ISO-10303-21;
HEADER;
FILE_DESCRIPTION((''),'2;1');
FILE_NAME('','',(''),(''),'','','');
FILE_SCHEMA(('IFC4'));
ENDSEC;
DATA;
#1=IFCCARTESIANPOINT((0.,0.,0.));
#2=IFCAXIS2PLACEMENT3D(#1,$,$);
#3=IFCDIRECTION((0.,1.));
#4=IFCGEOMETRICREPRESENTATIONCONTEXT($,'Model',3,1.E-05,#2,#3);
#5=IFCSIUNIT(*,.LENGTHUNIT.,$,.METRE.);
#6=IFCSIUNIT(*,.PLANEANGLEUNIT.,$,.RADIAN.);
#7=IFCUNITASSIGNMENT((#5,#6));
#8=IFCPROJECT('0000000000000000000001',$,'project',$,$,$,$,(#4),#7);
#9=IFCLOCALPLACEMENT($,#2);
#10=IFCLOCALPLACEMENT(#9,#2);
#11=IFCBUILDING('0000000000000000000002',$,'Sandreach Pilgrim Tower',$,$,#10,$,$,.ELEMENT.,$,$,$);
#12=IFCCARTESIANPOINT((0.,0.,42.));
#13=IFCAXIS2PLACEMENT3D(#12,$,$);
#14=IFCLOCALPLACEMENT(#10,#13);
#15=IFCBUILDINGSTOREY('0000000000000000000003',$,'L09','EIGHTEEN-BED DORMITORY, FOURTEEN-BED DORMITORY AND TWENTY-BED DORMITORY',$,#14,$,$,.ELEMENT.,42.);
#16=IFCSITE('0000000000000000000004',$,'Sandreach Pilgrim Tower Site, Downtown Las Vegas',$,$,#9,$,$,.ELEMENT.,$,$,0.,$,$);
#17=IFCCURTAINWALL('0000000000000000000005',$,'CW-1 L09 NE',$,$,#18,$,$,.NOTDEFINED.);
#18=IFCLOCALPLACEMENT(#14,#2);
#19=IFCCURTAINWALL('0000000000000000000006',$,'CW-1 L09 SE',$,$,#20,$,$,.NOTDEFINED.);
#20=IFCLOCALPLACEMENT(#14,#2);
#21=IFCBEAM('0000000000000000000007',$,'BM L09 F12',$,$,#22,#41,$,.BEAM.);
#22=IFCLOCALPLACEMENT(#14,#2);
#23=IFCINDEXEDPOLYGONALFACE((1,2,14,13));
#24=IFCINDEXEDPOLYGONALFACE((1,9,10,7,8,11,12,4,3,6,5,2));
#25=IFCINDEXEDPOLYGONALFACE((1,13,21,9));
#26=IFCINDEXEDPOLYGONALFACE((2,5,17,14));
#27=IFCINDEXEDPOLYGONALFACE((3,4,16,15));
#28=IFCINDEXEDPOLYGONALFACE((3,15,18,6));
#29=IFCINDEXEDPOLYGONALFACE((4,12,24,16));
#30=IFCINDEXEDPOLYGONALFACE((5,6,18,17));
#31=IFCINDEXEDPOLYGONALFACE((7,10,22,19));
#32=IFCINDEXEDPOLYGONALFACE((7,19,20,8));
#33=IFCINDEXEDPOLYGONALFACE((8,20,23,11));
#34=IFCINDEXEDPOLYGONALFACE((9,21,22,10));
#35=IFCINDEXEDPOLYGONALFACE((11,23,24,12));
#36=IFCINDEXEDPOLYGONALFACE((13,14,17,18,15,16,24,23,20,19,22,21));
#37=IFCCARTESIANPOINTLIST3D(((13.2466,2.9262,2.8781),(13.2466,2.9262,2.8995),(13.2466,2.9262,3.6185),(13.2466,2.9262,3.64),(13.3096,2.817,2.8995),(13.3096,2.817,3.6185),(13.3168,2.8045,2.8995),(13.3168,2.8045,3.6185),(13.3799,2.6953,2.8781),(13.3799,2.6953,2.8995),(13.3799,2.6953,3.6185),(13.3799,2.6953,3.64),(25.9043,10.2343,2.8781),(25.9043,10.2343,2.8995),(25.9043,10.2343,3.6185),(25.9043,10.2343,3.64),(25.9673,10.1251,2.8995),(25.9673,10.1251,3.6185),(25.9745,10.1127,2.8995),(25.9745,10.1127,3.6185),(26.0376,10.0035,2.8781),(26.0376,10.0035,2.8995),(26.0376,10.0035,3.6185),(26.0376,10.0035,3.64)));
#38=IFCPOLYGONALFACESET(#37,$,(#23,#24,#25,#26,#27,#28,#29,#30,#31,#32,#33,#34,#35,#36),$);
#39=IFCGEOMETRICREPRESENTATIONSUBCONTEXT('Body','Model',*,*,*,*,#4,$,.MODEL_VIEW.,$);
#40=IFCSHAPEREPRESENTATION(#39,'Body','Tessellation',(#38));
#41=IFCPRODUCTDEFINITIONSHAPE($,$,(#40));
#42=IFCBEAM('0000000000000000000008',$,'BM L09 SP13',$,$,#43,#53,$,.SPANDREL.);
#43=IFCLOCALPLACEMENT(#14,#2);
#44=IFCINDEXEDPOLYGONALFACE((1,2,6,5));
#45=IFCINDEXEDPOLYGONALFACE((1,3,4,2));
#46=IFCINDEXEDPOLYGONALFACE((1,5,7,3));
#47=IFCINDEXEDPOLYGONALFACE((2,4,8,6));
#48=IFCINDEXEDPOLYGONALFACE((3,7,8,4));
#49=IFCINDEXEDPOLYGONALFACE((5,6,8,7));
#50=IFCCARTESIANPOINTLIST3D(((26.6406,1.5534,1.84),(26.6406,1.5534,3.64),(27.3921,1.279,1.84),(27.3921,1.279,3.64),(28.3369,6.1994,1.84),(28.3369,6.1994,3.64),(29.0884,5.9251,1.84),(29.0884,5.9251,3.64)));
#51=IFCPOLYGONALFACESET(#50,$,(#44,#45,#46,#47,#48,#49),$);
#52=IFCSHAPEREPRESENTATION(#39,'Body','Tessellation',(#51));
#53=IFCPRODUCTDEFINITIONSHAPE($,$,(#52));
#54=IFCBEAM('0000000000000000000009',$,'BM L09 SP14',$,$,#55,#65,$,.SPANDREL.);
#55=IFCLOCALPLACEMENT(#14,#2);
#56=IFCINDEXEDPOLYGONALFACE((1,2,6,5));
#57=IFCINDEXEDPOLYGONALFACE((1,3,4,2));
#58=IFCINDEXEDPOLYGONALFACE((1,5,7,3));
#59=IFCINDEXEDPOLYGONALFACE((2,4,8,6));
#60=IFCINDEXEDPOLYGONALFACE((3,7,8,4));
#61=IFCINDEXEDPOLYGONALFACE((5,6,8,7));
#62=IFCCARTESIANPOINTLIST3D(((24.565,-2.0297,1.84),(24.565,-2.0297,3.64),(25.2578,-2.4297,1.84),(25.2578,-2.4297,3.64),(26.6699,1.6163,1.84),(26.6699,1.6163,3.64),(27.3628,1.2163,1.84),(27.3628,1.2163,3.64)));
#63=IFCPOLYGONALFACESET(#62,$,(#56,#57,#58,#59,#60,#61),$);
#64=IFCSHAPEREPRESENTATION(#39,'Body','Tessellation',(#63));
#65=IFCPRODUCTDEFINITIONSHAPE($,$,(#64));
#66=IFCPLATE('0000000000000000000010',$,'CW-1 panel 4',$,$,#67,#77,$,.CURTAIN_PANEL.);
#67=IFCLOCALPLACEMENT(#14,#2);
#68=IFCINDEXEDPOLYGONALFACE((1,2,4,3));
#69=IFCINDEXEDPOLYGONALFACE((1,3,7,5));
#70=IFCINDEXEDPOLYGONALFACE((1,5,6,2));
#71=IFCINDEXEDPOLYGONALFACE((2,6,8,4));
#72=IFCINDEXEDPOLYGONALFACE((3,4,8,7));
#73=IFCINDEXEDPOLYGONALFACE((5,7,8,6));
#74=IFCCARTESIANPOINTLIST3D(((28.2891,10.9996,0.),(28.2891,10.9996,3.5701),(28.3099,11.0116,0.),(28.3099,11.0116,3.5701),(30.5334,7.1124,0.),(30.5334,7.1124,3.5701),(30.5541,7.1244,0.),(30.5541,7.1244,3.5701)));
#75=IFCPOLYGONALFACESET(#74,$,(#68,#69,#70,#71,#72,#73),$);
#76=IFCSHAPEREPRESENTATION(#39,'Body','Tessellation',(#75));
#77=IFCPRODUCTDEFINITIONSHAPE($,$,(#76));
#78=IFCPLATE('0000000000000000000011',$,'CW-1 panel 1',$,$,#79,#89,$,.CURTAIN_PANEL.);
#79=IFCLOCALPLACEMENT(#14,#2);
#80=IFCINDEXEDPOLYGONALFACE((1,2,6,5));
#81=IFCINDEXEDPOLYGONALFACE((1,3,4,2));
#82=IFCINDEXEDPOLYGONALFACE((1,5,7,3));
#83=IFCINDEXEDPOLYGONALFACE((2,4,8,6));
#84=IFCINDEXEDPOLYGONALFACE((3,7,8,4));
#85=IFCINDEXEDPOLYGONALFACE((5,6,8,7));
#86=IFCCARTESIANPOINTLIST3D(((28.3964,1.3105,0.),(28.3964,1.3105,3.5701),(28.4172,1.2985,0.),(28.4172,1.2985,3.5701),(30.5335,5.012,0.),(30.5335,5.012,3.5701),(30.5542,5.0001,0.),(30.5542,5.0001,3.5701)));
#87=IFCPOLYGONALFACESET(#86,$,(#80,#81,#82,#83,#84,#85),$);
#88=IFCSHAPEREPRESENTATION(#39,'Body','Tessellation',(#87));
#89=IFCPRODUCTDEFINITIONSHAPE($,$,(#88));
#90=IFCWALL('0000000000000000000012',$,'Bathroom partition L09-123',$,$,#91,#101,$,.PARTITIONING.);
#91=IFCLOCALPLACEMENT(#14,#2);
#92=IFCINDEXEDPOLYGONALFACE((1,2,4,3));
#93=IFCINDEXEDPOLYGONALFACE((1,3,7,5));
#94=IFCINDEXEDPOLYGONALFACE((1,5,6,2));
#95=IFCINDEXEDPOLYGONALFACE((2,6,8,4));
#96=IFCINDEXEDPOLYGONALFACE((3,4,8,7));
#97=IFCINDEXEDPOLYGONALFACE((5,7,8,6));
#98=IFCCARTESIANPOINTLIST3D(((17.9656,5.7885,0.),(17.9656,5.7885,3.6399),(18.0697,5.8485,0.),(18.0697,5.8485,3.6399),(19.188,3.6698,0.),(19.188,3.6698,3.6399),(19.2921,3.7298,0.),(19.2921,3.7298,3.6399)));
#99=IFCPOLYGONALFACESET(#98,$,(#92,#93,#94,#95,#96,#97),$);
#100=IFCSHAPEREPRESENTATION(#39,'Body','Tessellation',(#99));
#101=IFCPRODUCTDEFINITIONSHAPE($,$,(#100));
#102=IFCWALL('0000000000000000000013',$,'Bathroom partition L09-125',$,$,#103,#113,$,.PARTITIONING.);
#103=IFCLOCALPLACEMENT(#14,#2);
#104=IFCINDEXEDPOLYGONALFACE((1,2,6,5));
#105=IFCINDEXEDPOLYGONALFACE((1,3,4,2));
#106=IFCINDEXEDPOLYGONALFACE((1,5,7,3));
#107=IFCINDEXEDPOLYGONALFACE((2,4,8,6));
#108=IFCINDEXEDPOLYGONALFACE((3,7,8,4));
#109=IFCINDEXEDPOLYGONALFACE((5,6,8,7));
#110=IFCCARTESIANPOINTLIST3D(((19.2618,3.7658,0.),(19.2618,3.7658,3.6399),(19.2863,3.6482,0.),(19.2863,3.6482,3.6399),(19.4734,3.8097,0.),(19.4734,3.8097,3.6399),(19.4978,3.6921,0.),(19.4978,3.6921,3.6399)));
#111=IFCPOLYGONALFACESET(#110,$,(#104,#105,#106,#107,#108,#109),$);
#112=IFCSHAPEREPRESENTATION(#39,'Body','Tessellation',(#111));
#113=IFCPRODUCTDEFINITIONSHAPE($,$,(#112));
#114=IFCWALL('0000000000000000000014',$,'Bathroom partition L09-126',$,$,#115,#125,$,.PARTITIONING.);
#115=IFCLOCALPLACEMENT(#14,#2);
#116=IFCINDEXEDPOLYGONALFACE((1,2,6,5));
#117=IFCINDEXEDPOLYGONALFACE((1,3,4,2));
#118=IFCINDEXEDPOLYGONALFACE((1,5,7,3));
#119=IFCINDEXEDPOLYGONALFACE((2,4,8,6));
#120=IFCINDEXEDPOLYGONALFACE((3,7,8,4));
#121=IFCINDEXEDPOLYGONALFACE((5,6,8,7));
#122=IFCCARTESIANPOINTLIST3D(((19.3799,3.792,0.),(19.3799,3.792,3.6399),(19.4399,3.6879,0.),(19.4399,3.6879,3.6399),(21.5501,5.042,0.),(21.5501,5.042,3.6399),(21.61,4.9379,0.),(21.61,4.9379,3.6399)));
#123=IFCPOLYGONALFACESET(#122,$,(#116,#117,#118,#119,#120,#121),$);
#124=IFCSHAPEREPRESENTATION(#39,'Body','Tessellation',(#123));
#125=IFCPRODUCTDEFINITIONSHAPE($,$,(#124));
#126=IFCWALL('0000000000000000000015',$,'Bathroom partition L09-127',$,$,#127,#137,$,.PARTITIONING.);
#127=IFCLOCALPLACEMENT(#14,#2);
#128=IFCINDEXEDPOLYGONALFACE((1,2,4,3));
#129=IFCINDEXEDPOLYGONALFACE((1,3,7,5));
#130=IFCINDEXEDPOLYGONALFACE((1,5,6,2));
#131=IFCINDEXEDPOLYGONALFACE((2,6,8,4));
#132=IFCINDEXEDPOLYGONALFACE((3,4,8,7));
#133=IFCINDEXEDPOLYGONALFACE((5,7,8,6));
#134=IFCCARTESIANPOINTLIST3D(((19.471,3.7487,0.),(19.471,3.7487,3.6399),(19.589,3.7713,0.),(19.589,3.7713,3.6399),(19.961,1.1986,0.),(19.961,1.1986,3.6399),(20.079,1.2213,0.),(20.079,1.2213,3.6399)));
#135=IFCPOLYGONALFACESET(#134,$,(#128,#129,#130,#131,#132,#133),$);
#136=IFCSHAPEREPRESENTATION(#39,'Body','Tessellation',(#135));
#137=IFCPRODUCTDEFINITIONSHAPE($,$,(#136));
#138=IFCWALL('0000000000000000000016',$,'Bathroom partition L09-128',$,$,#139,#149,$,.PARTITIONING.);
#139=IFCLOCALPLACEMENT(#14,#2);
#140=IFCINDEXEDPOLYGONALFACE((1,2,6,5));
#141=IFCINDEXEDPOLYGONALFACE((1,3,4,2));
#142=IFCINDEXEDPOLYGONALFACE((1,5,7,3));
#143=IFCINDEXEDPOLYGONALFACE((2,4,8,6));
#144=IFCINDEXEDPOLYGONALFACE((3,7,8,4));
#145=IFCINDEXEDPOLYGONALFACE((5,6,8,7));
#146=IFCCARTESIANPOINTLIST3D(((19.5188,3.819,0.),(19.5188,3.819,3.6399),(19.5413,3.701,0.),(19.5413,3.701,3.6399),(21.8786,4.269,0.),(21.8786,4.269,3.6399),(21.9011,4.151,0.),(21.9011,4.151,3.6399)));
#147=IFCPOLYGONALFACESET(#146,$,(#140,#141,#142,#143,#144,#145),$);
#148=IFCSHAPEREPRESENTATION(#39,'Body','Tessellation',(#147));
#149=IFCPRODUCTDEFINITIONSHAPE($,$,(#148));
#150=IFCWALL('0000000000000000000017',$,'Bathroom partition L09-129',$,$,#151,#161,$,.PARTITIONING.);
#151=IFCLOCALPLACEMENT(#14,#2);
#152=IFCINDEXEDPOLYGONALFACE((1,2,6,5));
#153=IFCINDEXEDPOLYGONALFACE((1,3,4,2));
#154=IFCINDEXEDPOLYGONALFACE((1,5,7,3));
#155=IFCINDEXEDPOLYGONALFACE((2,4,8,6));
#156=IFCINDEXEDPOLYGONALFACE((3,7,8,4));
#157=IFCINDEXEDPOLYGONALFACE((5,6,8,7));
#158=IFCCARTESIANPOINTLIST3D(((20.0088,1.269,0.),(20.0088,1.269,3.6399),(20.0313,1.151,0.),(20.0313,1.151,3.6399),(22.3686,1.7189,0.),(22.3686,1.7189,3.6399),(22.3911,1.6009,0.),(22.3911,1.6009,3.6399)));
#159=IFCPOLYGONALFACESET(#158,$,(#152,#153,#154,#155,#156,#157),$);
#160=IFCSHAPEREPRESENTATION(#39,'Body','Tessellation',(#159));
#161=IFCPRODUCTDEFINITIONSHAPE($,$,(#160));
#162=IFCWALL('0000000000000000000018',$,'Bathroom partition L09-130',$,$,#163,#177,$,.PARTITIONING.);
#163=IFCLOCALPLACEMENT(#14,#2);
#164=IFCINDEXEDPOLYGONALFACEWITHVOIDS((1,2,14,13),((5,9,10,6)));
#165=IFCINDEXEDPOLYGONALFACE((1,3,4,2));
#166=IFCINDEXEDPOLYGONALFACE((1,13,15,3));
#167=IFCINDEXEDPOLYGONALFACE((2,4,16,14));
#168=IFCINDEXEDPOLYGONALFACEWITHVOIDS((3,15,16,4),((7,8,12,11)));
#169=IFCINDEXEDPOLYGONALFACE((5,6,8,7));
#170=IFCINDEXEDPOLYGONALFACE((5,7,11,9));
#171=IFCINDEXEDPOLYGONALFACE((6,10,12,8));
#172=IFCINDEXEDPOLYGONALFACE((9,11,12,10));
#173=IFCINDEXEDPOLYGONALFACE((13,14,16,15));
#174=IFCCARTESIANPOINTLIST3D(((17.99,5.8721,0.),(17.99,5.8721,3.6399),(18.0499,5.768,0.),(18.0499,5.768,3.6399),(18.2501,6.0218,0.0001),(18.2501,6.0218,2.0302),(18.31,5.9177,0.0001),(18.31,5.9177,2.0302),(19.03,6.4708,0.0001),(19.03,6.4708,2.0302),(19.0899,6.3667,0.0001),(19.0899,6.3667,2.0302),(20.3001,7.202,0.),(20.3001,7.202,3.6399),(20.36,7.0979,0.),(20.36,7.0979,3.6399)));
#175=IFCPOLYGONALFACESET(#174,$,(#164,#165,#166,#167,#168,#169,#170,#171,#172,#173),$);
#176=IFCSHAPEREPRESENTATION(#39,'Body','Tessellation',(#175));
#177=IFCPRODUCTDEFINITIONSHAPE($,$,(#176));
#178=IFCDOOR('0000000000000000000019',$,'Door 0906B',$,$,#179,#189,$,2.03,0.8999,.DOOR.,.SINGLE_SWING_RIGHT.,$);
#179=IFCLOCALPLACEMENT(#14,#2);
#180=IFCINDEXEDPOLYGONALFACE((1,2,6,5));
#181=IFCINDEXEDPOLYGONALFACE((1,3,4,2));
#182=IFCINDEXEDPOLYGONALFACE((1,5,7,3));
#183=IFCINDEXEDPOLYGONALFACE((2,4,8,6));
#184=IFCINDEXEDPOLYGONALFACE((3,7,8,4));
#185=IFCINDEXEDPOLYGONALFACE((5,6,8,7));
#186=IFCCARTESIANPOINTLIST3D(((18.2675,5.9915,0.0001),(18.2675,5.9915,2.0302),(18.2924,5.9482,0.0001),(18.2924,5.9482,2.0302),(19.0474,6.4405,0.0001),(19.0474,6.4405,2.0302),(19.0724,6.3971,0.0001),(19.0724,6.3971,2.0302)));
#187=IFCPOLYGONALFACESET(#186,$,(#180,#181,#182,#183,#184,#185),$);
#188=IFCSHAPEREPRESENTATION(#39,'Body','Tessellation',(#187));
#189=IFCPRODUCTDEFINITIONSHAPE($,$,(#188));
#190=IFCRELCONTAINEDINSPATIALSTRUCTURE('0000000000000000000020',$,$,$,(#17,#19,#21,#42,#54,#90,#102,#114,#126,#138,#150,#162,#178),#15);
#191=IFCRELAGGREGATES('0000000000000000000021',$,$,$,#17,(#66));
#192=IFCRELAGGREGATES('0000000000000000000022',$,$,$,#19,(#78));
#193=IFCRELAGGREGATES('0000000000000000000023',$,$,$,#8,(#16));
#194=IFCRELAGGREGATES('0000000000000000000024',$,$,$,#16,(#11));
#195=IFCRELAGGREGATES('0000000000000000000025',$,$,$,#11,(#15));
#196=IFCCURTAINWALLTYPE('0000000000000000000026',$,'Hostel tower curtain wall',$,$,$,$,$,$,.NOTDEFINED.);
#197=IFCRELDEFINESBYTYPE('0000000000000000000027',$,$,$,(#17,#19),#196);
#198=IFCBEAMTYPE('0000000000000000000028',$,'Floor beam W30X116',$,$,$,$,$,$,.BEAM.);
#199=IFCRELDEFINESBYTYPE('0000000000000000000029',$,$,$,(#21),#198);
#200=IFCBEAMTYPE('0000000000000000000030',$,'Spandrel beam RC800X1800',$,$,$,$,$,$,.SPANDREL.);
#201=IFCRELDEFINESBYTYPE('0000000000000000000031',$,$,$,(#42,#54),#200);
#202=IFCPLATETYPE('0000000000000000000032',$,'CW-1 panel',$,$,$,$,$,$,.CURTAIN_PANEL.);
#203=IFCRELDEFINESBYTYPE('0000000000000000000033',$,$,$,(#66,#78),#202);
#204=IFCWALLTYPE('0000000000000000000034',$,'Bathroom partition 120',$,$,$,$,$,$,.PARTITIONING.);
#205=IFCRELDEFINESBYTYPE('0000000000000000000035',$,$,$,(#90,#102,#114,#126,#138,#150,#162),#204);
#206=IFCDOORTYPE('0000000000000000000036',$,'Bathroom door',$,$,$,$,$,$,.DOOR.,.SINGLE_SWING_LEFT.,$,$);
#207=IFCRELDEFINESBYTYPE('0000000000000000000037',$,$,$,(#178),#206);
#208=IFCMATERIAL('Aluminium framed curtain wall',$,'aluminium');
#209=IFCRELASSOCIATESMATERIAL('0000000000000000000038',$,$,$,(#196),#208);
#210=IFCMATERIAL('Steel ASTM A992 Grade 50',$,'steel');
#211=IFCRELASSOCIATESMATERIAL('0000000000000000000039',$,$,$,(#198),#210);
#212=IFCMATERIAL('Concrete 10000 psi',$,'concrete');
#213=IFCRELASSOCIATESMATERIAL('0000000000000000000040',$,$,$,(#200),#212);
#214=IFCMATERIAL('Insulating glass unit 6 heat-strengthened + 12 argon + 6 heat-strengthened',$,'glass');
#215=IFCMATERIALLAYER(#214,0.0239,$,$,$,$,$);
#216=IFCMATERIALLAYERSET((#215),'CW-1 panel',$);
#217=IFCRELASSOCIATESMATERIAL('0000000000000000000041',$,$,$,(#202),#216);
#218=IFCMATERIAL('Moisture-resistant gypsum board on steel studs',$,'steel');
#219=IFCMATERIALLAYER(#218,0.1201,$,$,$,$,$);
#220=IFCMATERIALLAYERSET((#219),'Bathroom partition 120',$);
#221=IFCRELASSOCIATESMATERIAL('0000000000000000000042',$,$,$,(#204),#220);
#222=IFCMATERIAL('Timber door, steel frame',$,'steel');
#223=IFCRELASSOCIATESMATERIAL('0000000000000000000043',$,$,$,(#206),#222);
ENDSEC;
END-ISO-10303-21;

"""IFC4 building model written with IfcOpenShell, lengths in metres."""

from ifc_helpers import new_model, si_unit, direction, frame, frame_2d, origin, origin_2d, place, context, subcontext, project, spatial, rectangle, i_section, extrude, material, layer, layer_set, material_profile, profile_set, type_object, element, fill, aggregate, save


model = new_model("IFC4")

# Units and contexts
model_context = context("Model", 3, precision=1e-05, world=origin(), true_north=direction((0.0, 1.0)))
body_context = subcontext(model_context, "Body", "Model", "MODEL_VIEW")
ifc_project = project(units=[si_unit("LENGTHUNIT", "METRE"), si_unit("PLANEANGLEUNIT", "RADIAN")], contexts=[model_context])

# Site, building, storey
site_placement = place(None, origin())
site = spatial("IfcSite", under=ifc_project, at=site_placement, Name="Sandreach Pilgrim Tower Site, Downtown Las Vegas", CompositionType="ELEMENT", RefElevation=0.0)
building_placement = place(site_placement, origin())
building = spatial("IfcBuilding", under=site, at=building_placement, Name="Sandreach Pilgrim Tower", CompositionType="ELEMENT")
storey_placement = place(building_placement, frame((0.0, 0.0, 42.0)))
storey = spatial("IfcBuildingStorey", under=building, at=storey_placement, Name="L09", Description="EIGHTEEN-BED DORMITORY, FOURTEEN-BED DORMITORY AND TWENTY-BED DORMITORY", CompositionType="ELEMENT", Elevation=42.0)

# Curtain wall
ifc_material_1 = material(Name="Aluminium framed curtain wall", Category="aluminium")
curtain_wall_type = type_object("IfcCurtainWallType", Name="Hostel tower curtain wall", PredefinedType="NOTDEFINED", material=ifc_material_1)
curtain_wall_1_placement = place(storey_placement, origin())
curtain_wall_1 = element("IfcCurtainWall", 1, at=curtain_wall_1_placement, inside=storey, type_object=curtain_wall_type, Name="CW-1 L09 NE", PredefinedType="NOTDEFINED")

# Curtain wall
curtain_wall_2_placement = place(storey_placement, origin())
curtain_wall_2 = element("IfcCurtainWall", 2, at=curtain_wall_2_placement, inside=storey, type_object=curtain_wall_type, Name="CW-1 L09 SE", PredefinedType="NOTDEFINED")

# Beams
ifc_material_2 = material(Name="Steel ASTM A992 Grade 50", Category="steel")
ifc_material_profile_1 = material_profile(ifc_material_2, i_section(OverallWidth=0.2666, OverallDepth=0.762, WebThickness=0.0144, FlangeThickness=0.0215, at=origin_2d()), Name="W30X116")
ifc_profile_set_1 = profile_set([ifc_material_profile_1], Name="Steel ASTM A992 Grade 50")
beam_type_1 = type_object("IfcBeamType", Name="Floor beam W30X116", PredefinedType="BEAM", material=ifc_profile_set_1)
beam_1_placement = place(storey_placement, frame((25.9709, 10.1189, 3.259), z_axis=(-0.86602, -0.500009, 0.0), x_axis=(0.500009, -0.86602, 0.0)))
element("IfcBeam", 3, at=beam_1_placement, inside=storey, type_object=beam_type_1, Name="BM L09 F12", PredefinedType="BEAM", context=body_context, shape_type="SweptSolid", body=[
    extrude(i_section(OverallWidth=0.2666, OverallDepth=0.762, WebThickness=0.0144, FlangeThickness=0.0215, at=origin_2d()), origin(), (0.0, 0.0, 1.0), 14.616),
])
ifc_material_3 = material(Name="Concrete 10000 psi", Category="concrete")
ifc_material_profile_2 = material_profile(ifc_material_3, rectangle(XDim=0.8, YDim=1.8, at=origin_2d()), Name="RC800X1800")
ifc_profile_set_2 = profile_set([ifc_material_profile_2], Name="Concrete 10000 psi")
beam_type_2 = type_object("IfcBeamType", Name="Spandrel beam RC800X1800", PredefinedType="SPANDREL", material=ifc_profile_set_2)
beam_2_placement = place(storey_placement, frame((28.7126, 6.0623, 2.74), z_axis=(-0.342963, -0.939349, 0.0), x_axis=(0.939349, -0.342963, 0.0)))
element("IfcBeam", 4, at=beam_2_placement, inside=storey, type_object=beam_type_2, Name="BM L09 SP13", PredefinedType="SPANDREL", context=body_context, shape_type="SweptSolid", body=[
    extrude(rectangle(XDim=0.8, YDim=1.8, at=origin_2d()), origin(), (0.0, 0.0, 1.0), 4.946),
])
beam_3_placement = place(storey_placement, frame((27.0164, 1.4163, 2.74), z_axis=(-0.499994, -0.866029, 0.0), x_axis=(0.866029, -0.499994, 0.0)))
element("IfcBeam", 5, at=beam_3_placement, inside=storey, type_object=beam_type_2, Name="BM L09 SP14", PredefinedType="SPANDREL", context=body_context, shape_type="SweptSolid", body=[
    extrude(rectangle(XDim=0.8, YDim=1.8, at=origin_2d()), origin(), (0.0, 0.0, 1.0), 4.21),
])

# Plates
ifc_material_4 = material(Name="Insulating glass unit 6 heat-strengthened + 12 argon + 6 heat-strengthened", Category="glass")
ifc_layer_1 = layer(ifc_material_4, 0.0239)
ifc_layer_set_1 = layer_set([ifc_layer_1], Name="CW-1 panel")
plate_type = type_object("IfcPlateType", Name="CW-1 panel", PredefinedType="CURTAIN_PANEL", material=ifc_layer_set_1)
plate_1_placement = place(storey_placement, frame((29.4216, 9.062, 0.0), z_axis=(0.0, 0.0, 1.0), x_axis=(0.5, -0.866025, 0.0)))
plate_1 = element("IfcPlate", 6, at=plate_1_placement, type_object=plate_type, Name="CW-1 panel 4", PredefinedType="CURTAIN_PANEL", context=body_context, shape_type="SweptSolid", body=[
    extrude(rectangle(XDim=4.4885, YDim=0.0239, at=origin_2d()), origin(), (0.0, 0.0, 1.0), 3.5701),
])
aggregate(curtain_wall_1, [plate_1])
plate_2_placement = place(storey_placement, frame((29.4753, 3.1553, 0.0), z_axis=(0.0, 0.0, 1.0), x_axis=(-0.5, -0.866025, 0.0)))
plate_2 = element("IfcPlate", 7, at=plate_2_placement, type_object=plate_type, Name="CW-1 panel 1", PredefinedType="CURTAIN_PANEL", context=body_context, shape_type="SweptSolid", body=[
    extrude(rectangle(XDim=4.2742, YDim=0.0239, at=origin_2d()), origin(), (0.0, 0.0, 1.0), 3.5701),
])
aggregate(curtain_wall_2, [plate_2])

# Walls
ifc_material_5 = material(Name="Moisture-resistant gypsum board on steel studs", Category="steel")
ifc_layer_2 = layer(ifc_material_5, 0.1201)
ifc_layer_set_2 = layer_set([ifc_layer_2], Name="Bathroom partition 120")
wall_type_1 = type_object("IfcWallType", Name="Bathroom partition 120", PredefinedType="PARTITIONING", material=ifc_layer_set_2)
wall_1_placement = place(storey_placement, frame((18.0176, 5.8186, 0.0), z_axis=(0.0, 0.0, 1.0), x_axis=(0.499757, -0.866166, 0.0)))
element("IfcWall", 8, at=wall_1_placement, inside=storey, type_object=wall_type_1, Name="Bathroom partition L09-123", PredefinedType="PARTITIONING", context=body_context, shape_type="SweptSolid", body=[
    extrude(rectangle(XDim=2.446, YDim=0.1201, at=frame_2d((1.2231, 0.0))), origin(), (0.0, 0.0, 1.0), 3.6399),
])
wall_2_placement = place(storey_placement, frame((19.2742, 3.707, 0.0), z_axis=(0.0, 0.0, 1.0), x_axis=(0.979121, 0.203278, 0.0)))
element("IfcWall", 9, at=wall_2_placement, inside=storey, type_object=wall_type_1, Name="Bathroom partition L09-125", PredefinedType="PARTITIONING", context=body_context, shape_type="SweptSolid", body=[
    extrude(rectangle(XDim=0.2161, YDim=0.1201, at=frame_2d((0.1079, 0.0))), origin(), (0.0, 0.0, 1.0), 3.6399),
])
wall_3_placement = place(storey_placement, frame((19.4099, 3.74, 0.0), z_axis=(0.0, 0.0, 1.0), x_axis=(0.866534, 0.499118, 0.0)))
element("IfcWall", 10, at=wall_3_placement, inside=storey, type_object=wall_type_1, Name="Bathroom partition L09-126", PredefinedType="PARTITIONING", context=body_context, shape_type="SweptSolid", body=[
    extrude(rectangle(XDim=2.5044, YDim=0.1201, at=frame_2d((1.2522, 0.0))), origin(), (0.0, 0.0, 1.0), 3.6399),
])
wall_4_placement = place(storey_placement, frame((19.53, 3.76, 0.0), z_axis=(0.0, 0.0, 1.0), x_axis=(0.188697, -0.982035, 0.0)))
element("IfcWall", 11, at=wall_4_placement, inside=storey, type_object=wall_type_1, Name="Bathroom partition L09-127", PredefinedType="PARTITIONING", context=body_context, shape_type="SweptSolid", body=[
    extrude(rectangle(XDim=2.5967, YDim=0.1201, at=frame_2d((1.2983, 0.0))), origin(), (0.0, 0.0, 1.0), 3.6399),
])
for number, where, z_axis, x_axis, name in (
    (12, (19.53, 3.76, 0.0), (0.0, 0.0, 1.0), (0.982304, 0.187294, 0.0), "Bathroom partition L09-128"),
    (13, (20.02, 1.21, 0.0), (0.0, 0.0, 1.0), (0.982304, 0.187294, 0.0), "Bathroom partition L09-129"),
):
    element("IfcWall", number, at=place(storey_placement, frame(where, z_axis=z_axis, x_axis=x_axis)), inside=storey, type_object=wall_type_1, Name=name, PredefinedType="PARTITIONING", context=body_context, shape_type="SweptSolid", body=[
        extrude(rectangle(XDim=2.4023, YDim=0.1201, at=frame_2d((1.2012, 0.0))), origin(), (0.0, 0.0, 1.0), 3.6399),
    ])

# Wall, opening, door
wall_5_placement = place(storey_placement, frame((20.3301, 7.1499, 0.0), z_axis=(0.0, 0.0, 1.0), x_axis=(-0.866655, -0.498908, 0.0)))
wall_5 = element("IfcWall", 14, at=wall_5_placement, inside=storey, type_object=wall_type_1, Name="Bathroom partition L09-130", PredefinedType="PARTITIONING", context=body_context, shape_type="SweptSolid", body=[
    extrude(rectangle(XDim=2.6655, YDim=0.1201, at=frame_2d((1.3328, 0.0))), origin(), (0.0, 0.0, 1.0), 3.6399),
])
opening_1_placement = place(wall_5_placement, frame((1.4656, 0.0, 0.0)))
opening_1 = element("IfcOpeningElement", 15, at=opening_1_placement, cuts=wall_5, PredefinedType="OPENING", context=body_context, shape_type="SweptSolid", body=[
    extrude(rectangle(XDim=0.8999, YDim=2.03, at=frame_2d((0.45, 1.0151))), frame((0.0, 0.0601, 0.0), z_axis=(0.0, -1.0, 0.0), x_axis=(1.0, 0.0, 0.0)), (0.0, 0.0, 1.0), 0.1201),
])
ifc_material_6 = material(Name="Timber door, steel frame", Category="steel")
door_type_1 = type_object("IfcDoorType", Name="Bathroom door", OperationType="SINGLE_SWING_LEFT", PredefinedType="DOOR", material=ifc_material_6)
door_1_placement = place(opening_1_placement, origin())
door_1 = element("IfcDoor", 16, at=door_1_placement, inside=storey, type_object=door_type_1, Name="Door 0906B", OperationType="SINGLE_SWING_RIGHT", OverallHeight=2.03, OverallWidth=0.8999, PredefinedType="DOOR", context=body_context, shape_type="SweptSolid", body=[
    extrude(rectangle(XDim=0.8999, YDim=2.03, at=frame_2d((0.45, 1.0151))), frame((0.0, 0.0249, 0.0), z_axis=(0.0, -1.0, 0.0), x_axis=(1.0, 0.0, 0.0)), (0.0, 0.0, 1.0), 0.05),
])
fill(opening_1, door_1)

save(model, "model.ifc")
